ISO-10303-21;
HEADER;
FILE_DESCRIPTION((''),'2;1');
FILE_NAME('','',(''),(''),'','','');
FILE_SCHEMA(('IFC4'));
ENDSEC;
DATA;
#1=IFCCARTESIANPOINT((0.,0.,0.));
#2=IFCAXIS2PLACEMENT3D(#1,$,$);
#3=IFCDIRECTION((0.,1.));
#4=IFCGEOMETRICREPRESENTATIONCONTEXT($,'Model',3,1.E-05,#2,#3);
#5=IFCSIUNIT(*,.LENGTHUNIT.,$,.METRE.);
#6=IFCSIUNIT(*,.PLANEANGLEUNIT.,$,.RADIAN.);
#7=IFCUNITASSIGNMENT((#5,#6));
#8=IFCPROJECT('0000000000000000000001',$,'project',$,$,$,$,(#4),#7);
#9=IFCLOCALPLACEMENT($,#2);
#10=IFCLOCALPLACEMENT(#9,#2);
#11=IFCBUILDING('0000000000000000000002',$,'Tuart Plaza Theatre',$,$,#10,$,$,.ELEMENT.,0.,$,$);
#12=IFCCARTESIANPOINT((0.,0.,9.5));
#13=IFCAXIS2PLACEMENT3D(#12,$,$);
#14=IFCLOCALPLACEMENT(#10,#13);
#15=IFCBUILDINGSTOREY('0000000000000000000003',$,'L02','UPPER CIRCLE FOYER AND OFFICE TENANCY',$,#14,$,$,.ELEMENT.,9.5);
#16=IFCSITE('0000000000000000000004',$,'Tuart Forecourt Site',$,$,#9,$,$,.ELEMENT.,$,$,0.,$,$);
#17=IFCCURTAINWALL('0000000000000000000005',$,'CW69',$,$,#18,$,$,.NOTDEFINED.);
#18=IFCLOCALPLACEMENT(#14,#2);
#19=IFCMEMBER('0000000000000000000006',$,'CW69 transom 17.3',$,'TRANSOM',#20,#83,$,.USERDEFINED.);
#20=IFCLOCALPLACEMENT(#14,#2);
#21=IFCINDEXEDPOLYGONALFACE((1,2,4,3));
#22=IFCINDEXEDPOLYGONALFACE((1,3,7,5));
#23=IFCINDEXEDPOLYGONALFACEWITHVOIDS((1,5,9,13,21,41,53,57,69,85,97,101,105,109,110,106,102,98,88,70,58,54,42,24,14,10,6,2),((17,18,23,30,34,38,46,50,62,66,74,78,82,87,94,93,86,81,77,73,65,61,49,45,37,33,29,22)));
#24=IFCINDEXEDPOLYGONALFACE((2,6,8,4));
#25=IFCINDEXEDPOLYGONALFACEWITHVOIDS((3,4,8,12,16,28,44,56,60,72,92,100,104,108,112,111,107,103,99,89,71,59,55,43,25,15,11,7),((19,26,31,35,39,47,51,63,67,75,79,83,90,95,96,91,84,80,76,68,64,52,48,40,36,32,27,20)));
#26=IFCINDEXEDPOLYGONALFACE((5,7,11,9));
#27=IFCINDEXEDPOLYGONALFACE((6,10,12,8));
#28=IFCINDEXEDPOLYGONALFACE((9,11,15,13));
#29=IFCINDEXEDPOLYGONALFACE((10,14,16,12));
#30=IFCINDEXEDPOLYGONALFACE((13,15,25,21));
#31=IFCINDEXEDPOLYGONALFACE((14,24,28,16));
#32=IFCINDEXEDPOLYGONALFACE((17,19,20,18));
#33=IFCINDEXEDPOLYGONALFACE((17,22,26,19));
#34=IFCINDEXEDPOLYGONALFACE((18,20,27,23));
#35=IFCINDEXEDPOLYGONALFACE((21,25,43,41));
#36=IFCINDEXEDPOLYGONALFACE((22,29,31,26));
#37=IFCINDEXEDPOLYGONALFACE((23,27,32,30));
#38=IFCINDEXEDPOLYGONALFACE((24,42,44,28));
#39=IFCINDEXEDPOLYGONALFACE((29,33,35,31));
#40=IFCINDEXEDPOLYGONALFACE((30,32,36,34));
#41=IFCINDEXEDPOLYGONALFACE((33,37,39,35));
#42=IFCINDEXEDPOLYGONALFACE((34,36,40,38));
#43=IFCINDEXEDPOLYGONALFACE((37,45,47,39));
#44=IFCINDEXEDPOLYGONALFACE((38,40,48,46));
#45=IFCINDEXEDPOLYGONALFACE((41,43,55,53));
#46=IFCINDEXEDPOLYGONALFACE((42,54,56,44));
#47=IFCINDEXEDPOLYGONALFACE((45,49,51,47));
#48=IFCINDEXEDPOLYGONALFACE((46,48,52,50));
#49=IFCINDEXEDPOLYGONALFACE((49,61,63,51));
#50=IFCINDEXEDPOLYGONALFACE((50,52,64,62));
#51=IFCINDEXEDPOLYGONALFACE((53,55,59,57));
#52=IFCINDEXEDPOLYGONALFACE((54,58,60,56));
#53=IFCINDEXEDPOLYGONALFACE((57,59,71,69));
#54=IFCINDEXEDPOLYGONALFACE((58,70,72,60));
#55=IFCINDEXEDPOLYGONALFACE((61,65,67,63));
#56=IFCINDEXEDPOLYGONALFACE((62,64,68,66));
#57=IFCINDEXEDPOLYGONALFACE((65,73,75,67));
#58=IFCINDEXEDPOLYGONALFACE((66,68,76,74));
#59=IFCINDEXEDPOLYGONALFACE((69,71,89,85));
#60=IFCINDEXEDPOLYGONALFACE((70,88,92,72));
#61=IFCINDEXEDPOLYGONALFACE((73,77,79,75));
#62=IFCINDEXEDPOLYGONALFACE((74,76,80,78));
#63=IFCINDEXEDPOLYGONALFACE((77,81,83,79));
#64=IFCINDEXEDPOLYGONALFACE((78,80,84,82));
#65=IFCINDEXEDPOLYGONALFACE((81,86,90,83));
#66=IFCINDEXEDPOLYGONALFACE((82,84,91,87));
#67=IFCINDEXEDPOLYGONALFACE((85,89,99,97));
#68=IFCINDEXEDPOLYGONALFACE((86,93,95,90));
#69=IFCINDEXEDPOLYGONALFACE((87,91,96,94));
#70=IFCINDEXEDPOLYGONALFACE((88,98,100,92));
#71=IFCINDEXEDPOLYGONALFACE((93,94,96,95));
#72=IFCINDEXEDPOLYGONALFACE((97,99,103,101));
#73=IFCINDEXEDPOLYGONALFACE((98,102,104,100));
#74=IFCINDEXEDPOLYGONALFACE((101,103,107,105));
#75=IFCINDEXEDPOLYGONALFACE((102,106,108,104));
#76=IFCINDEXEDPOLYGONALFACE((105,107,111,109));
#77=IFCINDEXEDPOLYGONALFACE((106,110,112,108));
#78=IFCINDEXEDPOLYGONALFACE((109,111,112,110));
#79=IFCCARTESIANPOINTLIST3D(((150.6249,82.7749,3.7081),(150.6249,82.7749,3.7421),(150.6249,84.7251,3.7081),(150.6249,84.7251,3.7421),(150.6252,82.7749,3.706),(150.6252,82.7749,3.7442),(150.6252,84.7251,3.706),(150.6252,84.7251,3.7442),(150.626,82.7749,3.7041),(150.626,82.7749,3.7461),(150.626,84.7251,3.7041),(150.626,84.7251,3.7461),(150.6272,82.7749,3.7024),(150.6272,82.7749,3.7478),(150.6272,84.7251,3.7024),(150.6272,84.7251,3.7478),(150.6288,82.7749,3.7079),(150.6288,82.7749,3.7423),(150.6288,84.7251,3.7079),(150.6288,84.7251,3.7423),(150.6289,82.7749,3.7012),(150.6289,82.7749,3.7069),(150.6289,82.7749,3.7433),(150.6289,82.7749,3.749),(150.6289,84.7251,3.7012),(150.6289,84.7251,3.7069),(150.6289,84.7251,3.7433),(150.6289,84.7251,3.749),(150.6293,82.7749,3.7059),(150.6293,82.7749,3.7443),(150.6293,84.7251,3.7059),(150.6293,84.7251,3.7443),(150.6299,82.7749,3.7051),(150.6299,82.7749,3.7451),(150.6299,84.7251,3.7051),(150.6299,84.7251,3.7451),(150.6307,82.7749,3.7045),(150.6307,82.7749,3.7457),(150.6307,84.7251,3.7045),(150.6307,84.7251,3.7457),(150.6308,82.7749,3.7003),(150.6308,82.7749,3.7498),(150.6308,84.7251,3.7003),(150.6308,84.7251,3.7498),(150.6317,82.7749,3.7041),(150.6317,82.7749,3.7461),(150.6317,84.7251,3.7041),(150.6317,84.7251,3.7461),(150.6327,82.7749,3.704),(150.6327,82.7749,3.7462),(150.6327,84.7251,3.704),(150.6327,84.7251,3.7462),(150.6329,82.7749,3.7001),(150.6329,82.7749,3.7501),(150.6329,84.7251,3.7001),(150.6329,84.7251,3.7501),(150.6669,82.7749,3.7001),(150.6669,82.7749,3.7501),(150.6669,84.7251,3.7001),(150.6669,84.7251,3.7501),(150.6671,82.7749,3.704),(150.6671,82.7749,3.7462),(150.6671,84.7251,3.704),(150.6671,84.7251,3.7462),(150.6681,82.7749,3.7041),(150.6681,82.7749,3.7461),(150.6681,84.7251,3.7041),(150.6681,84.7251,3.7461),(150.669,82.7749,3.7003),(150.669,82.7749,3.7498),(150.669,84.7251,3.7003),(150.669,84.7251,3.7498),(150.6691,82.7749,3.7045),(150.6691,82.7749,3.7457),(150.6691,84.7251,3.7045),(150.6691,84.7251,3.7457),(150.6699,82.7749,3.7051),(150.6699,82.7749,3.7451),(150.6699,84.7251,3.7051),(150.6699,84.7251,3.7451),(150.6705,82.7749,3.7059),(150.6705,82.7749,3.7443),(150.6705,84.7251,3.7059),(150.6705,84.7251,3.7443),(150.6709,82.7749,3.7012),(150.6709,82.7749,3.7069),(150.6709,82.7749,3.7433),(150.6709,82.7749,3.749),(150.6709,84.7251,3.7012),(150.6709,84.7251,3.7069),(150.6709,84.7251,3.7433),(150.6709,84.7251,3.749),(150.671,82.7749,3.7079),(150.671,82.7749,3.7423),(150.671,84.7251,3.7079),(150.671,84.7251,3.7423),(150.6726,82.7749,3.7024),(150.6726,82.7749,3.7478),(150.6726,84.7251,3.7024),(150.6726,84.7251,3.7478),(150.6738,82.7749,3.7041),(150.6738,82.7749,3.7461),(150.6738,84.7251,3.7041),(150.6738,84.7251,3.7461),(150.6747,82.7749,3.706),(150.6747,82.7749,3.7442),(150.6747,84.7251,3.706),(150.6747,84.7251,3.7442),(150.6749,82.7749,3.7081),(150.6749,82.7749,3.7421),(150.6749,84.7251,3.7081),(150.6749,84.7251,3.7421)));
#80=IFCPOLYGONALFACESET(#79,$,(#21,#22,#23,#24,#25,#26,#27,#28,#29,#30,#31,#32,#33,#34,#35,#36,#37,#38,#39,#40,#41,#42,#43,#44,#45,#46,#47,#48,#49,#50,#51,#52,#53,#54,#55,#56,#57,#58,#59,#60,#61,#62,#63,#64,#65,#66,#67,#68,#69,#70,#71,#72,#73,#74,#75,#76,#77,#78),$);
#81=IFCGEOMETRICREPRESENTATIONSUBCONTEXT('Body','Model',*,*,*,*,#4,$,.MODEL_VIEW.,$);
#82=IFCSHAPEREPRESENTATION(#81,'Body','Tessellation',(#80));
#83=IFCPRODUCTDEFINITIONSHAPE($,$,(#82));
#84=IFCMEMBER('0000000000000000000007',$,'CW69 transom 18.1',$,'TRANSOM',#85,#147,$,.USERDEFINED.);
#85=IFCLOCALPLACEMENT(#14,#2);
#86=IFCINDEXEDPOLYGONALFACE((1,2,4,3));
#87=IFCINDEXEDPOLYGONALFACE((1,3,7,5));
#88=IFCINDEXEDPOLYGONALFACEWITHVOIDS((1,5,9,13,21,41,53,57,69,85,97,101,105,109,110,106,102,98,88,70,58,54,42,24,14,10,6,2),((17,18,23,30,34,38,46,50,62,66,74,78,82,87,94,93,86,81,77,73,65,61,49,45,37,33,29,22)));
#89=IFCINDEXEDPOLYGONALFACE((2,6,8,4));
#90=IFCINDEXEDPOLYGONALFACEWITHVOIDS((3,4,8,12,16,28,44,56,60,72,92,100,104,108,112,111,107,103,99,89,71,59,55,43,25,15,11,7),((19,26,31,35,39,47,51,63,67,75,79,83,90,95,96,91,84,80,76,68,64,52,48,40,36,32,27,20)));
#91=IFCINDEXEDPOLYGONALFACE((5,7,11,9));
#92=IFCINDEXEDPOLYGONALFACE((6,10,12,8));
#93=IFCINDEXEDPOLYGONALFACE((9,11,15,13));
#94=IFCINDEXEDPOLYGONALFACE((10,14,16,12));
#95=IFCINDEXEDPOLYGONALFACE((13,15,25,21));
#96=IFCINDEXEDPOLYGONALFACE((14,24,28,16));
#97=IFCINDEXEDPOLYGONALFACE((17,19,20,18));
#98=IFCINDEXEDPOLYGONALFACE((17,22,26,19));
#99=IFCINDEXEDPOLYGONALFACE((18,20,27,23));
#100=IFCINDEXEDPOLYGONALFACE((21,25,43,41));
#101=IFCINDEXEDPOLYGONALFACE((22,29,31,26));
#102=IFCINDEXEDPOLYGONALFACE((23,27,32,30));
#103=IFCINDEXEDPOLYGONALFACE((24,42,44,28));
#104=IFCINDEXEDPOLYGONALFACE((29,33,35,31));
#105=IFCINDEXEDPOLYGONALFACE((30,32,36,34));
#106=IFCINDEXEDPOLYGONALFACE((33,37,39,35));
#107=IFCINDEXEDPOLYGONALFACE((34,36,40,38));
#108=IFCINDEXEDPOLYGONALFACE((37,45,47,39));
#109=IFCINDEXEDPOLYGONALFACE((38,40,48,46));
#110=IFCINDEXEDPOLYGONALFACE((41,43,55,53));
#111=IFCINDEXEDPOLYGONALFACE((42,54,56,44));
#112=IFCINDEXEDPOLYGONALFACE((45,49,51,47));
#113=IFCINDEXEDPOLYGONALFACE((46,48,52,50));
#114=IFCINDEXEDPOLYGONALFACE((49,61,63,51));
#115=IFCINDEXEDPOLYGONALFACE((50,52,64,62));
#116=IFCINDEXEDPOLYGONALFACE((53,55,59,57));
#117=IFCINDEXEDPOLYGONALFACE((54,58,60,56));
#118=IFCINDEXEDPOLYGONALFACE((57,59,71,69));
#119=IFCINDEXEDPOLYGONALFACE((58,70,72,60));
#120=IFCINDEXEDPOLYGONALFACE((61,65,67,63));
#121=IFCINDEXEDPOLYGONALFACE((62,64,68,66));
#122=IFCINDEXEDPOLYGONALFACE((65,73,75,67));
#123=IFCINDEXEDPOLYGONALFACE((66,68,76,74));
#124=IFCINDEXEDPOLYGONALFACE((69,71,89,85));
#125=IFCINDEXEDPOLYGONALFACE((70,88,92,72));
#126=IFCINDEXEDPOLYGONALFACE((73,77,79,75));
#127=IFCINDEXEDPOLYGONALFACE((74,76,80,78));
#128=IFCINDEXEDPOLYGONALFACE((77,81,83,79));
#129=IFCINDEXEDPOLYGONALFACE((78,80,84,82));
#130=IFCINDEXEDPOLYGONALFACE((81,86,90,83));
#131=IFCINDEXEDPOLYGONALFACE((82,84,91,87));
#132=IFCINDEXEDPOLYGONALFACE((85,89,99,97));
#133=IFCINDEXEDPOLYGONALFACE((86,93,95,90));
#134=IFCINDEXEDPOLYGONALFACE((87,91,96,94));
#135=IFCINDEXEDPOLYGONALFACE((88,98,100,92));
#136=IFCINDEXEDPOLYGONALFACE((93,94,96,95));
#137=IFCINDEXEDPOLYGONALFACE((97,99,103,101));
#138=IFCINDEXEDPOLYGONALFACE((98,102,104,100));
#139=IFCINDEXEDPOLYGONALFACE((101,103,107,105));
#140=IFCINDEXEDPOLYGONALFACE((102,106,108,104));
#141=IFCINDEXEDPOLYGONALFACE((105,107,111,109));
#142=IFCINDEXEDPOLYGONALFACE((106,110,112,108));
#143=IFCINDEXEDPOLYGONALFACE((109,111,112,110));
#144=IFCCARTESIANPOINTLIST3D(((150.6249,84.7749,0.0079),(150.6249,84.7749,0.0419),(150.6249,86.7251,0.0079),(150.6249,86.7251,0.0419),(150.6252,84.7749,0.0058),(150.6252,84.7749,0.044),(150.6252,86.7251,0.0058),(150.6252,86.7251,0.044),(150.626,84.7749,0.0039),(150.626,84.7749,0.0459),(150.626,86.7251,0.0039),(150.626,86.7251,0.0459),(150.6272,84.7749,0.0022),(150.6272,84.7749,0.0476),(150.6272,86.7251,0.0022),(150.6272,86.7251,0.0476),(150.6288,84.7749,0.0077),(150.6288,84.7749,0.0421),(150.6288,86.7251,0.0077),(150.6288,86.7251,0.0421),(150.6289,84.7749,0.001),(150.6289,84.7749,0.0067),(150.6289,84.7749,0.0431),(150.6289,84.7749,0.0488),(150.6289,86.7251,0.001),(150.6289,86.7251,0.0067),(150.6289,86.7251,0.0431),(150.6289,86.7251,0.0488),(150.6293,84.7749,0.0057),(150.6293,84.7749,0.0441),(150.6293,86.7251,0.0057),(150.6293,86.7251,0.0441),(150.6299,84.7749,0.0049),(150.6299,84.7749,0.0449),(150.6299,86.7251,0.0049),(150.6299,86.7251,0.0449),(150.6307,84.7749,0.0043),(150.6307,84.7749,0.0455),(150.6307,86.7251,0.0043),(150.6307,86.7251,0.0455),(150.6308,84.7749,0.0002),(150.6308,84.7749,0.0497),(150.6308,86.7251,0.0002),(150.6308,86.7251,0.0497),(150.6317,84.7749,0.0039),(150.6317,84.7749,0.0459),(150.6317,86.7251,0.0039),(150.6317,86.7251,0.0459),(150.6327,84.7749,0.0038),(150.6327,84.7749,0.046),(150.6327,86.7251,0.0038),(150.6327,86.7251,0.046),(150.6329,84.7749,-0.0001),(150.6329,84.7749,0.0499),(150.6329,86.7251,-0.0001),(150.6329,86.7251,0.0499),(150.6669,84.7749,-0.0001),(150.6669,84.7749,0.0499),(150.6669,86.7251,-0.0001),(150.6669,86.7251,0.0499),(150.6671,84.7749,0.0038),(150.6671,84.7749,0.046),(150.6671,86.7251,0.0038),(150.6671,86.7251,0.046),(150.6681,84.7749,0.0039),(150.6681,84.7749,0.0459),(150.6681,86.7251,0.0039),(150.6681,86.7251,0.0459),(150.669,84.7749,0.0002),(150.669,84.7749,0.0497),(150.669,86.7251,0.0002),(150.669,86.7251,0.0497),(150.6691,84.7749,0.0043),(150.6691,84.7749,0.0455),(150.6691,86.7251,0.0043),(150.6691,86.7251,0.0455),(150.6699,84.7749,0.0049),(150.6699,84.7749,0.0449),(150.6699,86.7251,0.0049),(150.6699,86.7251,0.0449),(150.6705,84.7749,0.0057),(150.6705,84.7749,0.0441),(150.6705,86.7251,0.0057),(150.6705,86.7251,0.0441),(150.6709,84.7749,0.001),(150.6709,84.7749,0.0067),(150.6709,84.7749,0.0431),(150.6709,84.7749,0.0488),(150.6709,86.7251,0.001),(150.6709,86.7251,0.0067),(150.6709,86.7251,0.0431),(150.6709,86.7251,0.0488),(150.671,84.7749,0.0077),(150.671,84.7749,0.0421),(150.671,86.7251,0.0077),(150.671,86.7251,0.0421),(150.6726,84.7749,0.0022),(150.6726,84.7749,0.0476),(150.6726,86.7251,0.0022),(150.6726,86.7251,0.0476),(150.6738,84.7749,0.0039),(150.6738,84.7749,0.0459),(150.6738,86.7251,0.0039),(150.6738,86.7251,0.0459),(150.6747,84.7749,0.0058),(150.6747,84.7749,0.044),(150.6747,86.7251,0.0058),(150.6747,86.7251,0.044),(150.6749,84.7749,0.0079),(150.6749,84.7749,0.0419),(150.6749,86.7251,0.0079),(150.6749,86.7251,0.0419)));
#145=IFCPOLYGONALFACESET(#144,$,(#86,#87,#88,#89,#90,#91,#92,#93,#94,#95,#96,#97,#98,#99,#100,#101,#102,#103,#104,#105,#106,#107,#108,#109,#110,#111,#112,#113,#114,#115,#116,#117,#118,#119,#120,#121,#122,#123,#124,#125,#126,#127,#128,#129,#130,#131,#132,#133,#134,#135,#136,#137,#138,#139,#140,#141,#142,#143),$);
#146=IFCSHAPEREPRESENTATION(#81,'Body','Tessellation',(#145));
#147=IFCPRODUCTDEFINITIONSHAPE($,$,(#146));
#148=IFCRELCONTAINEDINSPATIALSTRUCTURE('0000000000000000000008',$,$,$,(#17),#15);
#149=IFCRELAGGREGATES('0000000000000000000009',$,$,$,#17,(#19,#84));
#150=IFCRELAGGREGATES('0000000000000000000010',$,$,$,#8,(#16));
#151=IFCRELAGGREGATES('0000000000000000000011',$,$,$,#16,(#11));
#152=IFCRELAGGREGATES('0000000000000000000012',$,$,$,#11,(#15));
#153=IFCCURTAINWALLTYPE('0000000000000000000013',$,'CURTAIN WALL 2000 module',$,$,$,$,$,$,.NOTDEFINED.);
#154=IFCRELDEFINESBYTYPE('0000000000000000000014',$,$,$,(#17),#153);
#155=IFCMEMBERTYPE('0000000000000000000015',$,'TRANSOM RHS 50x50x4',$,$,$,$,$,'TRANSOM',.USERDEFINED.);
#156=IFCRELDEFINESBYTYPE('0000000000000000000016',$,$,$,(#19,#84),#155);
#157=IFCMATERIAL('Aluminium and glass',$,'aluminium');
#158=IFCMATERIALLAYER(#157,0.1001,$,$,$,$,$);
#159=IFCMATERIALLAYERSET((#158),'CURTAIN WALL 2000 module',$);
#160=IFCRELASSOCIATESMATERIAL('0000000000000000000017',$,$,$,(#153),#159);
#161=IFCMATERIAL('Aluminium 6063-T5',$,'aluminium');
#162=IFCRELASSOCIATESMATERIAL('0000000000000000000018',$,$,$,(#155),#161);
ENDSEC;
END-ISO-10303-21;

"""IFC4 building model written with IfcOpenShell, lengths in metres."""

from ifc_helpers import new_model, si_unit, direction, frame, origin, origin_2d, place, context, subcontext, project, spatial, hollow_rectangle, extrude, material, layer, layer_set, material_profile, profile_set, type_object, element, aggregate, save


model = new_model("IFC4")

# Units and contexts
model_context = context("Model", 3, precision=1e-05, world=origin(), true_north=direction((0.0, 1.0)))
body_context = subcontext(model_context, "Body", "Model", "MODEL_VIEW")
ifc_project = project(units=[si_unit("LENGTHUNIT", "METRE"), si_unit("PLANEANGLEUNIT", "RADIAN")], contexts=[model_context])

# Site, building, storey
site_placement = place(None, origin())
site = spatial("IfcSite", under=ifc_project, at=site_placement, Name="Tuart Forecourt Site", CompositionType="ELEMENT", RefElevation=0.0)
building_placement = place(site_placement, origin())
building = spatial("IfcBuilding", under=site, at=building_placement, Name="Tuart Plaza Theatre", CompositionType="ELEMENT", ElevationOfRefHeight=0.0)
storey_placement = place(building_placement, frame((0.0, 0.0, 9.5)))
storey = spatial("IfcBuildingStorey", under=building, at=storey_placement, Name="L02", Description="UPPER CIRCLE FOYER AND OFFICE TENANCY", CompositionType="ELEMENT", Elevation=9.5)

# Curtain wall, members
ifc_material_1 = material(Name="Aluminium and glass", Category="aluminium")
ifc_layer_1 = layer(ifc_material_1, 0.1001)
ifc_layer_set_1 = layer_set([ifc_layer_1], Name="CURTAIN WALL 2000 module")
curtain_wall_type = type_object("IfcCurtainWallType", Name="CURTAIN WALL 2000 module", PredefinedType="NOTDEFINED", material=ifc_layer_set_1)
curtain_wall_placement = place(storey_placement, origin())
curtain_wall = element("IfcCurtainWall", 1, at=curtain_wall_placement, inside=storey, type_object=curtain_wall_type, Name="CW69", PredefinedType="NOTDEFINED")
ifc_material_2 = material(Name="Aluminium 6063-T5", Category="aluminium")
ifc_material_profile_1 = material_profile(ifc_material_2, hollow_rectangle(XDim=0.05, YDim=0.05, WallThickness=0.0039, InnerFilletRadius=0.0039, OuterFilletRadius=0.0081, at=origin_2d()), Name="RHS 50x50x4")
ifc_profile_set_1 = profile_set([ifc_material_profile_1], Name="Aluminium 6063-T5")
member_type_1 = type_object("IfcMemberType", Name="TRANSOM RHS 50x50x4", ElementType="TRANSOM", PredefinedType="USERDEFINED", material=ifc_profile_set_1)
member_1_placement = place(storey_placement, frame((150.6499, 82.7749, 3.7251), z_axis=(0.0, 1.0, 0.0), x_axis=(-1.0, 0.0, 0.0)))
member_1 = element("IfcMember", 2, at=member_1_placement, type_object=member_type_1, Name="CW69 transom 17.3", ObjectType="TRANSOM", PredefinedType="USERDEFINED", context=body_context, shape_type="SweptSolid", body=[
    extrude(hollow_rectangle(XDim=0.05, YDim=0.05, WallThickness=0.0039, InnerFilletRadius=0.0039, OuterFilletRadius=0.0081, at=origin_2d()), origin(), (0.0, 0.0, 1.0), 1.9502),
])
member_2_placement = place(storey_placement, frame((150.6499, 84.7749, 0.0249), z_axis=(0.0, 1.0, 0.0), x_axis=(-1.0, 0.0, 0.0)))
member_2 = element("IfcMember", 3, at=member_2_placement, type_object=member_type_1, Name="CW69 transom 18.1", ObjectType="TRANSOM", PredefinedType="USERDEFINED", context=body_context, shape_type="SweptSolid", body=[
    extrude(hollow_rectangle(XDim=0.05, YDim=0.05, WallThickness=0.0039, InnerFilletRadius=0.0039, OuterFilletRadius=0.0081, at=origin_2d()), origin(), (0.0, 0.0, 1.0), 1.9502),
])
aggregate(curtain_wall, [member_1, member_2])

save(model, "model.ifc")
